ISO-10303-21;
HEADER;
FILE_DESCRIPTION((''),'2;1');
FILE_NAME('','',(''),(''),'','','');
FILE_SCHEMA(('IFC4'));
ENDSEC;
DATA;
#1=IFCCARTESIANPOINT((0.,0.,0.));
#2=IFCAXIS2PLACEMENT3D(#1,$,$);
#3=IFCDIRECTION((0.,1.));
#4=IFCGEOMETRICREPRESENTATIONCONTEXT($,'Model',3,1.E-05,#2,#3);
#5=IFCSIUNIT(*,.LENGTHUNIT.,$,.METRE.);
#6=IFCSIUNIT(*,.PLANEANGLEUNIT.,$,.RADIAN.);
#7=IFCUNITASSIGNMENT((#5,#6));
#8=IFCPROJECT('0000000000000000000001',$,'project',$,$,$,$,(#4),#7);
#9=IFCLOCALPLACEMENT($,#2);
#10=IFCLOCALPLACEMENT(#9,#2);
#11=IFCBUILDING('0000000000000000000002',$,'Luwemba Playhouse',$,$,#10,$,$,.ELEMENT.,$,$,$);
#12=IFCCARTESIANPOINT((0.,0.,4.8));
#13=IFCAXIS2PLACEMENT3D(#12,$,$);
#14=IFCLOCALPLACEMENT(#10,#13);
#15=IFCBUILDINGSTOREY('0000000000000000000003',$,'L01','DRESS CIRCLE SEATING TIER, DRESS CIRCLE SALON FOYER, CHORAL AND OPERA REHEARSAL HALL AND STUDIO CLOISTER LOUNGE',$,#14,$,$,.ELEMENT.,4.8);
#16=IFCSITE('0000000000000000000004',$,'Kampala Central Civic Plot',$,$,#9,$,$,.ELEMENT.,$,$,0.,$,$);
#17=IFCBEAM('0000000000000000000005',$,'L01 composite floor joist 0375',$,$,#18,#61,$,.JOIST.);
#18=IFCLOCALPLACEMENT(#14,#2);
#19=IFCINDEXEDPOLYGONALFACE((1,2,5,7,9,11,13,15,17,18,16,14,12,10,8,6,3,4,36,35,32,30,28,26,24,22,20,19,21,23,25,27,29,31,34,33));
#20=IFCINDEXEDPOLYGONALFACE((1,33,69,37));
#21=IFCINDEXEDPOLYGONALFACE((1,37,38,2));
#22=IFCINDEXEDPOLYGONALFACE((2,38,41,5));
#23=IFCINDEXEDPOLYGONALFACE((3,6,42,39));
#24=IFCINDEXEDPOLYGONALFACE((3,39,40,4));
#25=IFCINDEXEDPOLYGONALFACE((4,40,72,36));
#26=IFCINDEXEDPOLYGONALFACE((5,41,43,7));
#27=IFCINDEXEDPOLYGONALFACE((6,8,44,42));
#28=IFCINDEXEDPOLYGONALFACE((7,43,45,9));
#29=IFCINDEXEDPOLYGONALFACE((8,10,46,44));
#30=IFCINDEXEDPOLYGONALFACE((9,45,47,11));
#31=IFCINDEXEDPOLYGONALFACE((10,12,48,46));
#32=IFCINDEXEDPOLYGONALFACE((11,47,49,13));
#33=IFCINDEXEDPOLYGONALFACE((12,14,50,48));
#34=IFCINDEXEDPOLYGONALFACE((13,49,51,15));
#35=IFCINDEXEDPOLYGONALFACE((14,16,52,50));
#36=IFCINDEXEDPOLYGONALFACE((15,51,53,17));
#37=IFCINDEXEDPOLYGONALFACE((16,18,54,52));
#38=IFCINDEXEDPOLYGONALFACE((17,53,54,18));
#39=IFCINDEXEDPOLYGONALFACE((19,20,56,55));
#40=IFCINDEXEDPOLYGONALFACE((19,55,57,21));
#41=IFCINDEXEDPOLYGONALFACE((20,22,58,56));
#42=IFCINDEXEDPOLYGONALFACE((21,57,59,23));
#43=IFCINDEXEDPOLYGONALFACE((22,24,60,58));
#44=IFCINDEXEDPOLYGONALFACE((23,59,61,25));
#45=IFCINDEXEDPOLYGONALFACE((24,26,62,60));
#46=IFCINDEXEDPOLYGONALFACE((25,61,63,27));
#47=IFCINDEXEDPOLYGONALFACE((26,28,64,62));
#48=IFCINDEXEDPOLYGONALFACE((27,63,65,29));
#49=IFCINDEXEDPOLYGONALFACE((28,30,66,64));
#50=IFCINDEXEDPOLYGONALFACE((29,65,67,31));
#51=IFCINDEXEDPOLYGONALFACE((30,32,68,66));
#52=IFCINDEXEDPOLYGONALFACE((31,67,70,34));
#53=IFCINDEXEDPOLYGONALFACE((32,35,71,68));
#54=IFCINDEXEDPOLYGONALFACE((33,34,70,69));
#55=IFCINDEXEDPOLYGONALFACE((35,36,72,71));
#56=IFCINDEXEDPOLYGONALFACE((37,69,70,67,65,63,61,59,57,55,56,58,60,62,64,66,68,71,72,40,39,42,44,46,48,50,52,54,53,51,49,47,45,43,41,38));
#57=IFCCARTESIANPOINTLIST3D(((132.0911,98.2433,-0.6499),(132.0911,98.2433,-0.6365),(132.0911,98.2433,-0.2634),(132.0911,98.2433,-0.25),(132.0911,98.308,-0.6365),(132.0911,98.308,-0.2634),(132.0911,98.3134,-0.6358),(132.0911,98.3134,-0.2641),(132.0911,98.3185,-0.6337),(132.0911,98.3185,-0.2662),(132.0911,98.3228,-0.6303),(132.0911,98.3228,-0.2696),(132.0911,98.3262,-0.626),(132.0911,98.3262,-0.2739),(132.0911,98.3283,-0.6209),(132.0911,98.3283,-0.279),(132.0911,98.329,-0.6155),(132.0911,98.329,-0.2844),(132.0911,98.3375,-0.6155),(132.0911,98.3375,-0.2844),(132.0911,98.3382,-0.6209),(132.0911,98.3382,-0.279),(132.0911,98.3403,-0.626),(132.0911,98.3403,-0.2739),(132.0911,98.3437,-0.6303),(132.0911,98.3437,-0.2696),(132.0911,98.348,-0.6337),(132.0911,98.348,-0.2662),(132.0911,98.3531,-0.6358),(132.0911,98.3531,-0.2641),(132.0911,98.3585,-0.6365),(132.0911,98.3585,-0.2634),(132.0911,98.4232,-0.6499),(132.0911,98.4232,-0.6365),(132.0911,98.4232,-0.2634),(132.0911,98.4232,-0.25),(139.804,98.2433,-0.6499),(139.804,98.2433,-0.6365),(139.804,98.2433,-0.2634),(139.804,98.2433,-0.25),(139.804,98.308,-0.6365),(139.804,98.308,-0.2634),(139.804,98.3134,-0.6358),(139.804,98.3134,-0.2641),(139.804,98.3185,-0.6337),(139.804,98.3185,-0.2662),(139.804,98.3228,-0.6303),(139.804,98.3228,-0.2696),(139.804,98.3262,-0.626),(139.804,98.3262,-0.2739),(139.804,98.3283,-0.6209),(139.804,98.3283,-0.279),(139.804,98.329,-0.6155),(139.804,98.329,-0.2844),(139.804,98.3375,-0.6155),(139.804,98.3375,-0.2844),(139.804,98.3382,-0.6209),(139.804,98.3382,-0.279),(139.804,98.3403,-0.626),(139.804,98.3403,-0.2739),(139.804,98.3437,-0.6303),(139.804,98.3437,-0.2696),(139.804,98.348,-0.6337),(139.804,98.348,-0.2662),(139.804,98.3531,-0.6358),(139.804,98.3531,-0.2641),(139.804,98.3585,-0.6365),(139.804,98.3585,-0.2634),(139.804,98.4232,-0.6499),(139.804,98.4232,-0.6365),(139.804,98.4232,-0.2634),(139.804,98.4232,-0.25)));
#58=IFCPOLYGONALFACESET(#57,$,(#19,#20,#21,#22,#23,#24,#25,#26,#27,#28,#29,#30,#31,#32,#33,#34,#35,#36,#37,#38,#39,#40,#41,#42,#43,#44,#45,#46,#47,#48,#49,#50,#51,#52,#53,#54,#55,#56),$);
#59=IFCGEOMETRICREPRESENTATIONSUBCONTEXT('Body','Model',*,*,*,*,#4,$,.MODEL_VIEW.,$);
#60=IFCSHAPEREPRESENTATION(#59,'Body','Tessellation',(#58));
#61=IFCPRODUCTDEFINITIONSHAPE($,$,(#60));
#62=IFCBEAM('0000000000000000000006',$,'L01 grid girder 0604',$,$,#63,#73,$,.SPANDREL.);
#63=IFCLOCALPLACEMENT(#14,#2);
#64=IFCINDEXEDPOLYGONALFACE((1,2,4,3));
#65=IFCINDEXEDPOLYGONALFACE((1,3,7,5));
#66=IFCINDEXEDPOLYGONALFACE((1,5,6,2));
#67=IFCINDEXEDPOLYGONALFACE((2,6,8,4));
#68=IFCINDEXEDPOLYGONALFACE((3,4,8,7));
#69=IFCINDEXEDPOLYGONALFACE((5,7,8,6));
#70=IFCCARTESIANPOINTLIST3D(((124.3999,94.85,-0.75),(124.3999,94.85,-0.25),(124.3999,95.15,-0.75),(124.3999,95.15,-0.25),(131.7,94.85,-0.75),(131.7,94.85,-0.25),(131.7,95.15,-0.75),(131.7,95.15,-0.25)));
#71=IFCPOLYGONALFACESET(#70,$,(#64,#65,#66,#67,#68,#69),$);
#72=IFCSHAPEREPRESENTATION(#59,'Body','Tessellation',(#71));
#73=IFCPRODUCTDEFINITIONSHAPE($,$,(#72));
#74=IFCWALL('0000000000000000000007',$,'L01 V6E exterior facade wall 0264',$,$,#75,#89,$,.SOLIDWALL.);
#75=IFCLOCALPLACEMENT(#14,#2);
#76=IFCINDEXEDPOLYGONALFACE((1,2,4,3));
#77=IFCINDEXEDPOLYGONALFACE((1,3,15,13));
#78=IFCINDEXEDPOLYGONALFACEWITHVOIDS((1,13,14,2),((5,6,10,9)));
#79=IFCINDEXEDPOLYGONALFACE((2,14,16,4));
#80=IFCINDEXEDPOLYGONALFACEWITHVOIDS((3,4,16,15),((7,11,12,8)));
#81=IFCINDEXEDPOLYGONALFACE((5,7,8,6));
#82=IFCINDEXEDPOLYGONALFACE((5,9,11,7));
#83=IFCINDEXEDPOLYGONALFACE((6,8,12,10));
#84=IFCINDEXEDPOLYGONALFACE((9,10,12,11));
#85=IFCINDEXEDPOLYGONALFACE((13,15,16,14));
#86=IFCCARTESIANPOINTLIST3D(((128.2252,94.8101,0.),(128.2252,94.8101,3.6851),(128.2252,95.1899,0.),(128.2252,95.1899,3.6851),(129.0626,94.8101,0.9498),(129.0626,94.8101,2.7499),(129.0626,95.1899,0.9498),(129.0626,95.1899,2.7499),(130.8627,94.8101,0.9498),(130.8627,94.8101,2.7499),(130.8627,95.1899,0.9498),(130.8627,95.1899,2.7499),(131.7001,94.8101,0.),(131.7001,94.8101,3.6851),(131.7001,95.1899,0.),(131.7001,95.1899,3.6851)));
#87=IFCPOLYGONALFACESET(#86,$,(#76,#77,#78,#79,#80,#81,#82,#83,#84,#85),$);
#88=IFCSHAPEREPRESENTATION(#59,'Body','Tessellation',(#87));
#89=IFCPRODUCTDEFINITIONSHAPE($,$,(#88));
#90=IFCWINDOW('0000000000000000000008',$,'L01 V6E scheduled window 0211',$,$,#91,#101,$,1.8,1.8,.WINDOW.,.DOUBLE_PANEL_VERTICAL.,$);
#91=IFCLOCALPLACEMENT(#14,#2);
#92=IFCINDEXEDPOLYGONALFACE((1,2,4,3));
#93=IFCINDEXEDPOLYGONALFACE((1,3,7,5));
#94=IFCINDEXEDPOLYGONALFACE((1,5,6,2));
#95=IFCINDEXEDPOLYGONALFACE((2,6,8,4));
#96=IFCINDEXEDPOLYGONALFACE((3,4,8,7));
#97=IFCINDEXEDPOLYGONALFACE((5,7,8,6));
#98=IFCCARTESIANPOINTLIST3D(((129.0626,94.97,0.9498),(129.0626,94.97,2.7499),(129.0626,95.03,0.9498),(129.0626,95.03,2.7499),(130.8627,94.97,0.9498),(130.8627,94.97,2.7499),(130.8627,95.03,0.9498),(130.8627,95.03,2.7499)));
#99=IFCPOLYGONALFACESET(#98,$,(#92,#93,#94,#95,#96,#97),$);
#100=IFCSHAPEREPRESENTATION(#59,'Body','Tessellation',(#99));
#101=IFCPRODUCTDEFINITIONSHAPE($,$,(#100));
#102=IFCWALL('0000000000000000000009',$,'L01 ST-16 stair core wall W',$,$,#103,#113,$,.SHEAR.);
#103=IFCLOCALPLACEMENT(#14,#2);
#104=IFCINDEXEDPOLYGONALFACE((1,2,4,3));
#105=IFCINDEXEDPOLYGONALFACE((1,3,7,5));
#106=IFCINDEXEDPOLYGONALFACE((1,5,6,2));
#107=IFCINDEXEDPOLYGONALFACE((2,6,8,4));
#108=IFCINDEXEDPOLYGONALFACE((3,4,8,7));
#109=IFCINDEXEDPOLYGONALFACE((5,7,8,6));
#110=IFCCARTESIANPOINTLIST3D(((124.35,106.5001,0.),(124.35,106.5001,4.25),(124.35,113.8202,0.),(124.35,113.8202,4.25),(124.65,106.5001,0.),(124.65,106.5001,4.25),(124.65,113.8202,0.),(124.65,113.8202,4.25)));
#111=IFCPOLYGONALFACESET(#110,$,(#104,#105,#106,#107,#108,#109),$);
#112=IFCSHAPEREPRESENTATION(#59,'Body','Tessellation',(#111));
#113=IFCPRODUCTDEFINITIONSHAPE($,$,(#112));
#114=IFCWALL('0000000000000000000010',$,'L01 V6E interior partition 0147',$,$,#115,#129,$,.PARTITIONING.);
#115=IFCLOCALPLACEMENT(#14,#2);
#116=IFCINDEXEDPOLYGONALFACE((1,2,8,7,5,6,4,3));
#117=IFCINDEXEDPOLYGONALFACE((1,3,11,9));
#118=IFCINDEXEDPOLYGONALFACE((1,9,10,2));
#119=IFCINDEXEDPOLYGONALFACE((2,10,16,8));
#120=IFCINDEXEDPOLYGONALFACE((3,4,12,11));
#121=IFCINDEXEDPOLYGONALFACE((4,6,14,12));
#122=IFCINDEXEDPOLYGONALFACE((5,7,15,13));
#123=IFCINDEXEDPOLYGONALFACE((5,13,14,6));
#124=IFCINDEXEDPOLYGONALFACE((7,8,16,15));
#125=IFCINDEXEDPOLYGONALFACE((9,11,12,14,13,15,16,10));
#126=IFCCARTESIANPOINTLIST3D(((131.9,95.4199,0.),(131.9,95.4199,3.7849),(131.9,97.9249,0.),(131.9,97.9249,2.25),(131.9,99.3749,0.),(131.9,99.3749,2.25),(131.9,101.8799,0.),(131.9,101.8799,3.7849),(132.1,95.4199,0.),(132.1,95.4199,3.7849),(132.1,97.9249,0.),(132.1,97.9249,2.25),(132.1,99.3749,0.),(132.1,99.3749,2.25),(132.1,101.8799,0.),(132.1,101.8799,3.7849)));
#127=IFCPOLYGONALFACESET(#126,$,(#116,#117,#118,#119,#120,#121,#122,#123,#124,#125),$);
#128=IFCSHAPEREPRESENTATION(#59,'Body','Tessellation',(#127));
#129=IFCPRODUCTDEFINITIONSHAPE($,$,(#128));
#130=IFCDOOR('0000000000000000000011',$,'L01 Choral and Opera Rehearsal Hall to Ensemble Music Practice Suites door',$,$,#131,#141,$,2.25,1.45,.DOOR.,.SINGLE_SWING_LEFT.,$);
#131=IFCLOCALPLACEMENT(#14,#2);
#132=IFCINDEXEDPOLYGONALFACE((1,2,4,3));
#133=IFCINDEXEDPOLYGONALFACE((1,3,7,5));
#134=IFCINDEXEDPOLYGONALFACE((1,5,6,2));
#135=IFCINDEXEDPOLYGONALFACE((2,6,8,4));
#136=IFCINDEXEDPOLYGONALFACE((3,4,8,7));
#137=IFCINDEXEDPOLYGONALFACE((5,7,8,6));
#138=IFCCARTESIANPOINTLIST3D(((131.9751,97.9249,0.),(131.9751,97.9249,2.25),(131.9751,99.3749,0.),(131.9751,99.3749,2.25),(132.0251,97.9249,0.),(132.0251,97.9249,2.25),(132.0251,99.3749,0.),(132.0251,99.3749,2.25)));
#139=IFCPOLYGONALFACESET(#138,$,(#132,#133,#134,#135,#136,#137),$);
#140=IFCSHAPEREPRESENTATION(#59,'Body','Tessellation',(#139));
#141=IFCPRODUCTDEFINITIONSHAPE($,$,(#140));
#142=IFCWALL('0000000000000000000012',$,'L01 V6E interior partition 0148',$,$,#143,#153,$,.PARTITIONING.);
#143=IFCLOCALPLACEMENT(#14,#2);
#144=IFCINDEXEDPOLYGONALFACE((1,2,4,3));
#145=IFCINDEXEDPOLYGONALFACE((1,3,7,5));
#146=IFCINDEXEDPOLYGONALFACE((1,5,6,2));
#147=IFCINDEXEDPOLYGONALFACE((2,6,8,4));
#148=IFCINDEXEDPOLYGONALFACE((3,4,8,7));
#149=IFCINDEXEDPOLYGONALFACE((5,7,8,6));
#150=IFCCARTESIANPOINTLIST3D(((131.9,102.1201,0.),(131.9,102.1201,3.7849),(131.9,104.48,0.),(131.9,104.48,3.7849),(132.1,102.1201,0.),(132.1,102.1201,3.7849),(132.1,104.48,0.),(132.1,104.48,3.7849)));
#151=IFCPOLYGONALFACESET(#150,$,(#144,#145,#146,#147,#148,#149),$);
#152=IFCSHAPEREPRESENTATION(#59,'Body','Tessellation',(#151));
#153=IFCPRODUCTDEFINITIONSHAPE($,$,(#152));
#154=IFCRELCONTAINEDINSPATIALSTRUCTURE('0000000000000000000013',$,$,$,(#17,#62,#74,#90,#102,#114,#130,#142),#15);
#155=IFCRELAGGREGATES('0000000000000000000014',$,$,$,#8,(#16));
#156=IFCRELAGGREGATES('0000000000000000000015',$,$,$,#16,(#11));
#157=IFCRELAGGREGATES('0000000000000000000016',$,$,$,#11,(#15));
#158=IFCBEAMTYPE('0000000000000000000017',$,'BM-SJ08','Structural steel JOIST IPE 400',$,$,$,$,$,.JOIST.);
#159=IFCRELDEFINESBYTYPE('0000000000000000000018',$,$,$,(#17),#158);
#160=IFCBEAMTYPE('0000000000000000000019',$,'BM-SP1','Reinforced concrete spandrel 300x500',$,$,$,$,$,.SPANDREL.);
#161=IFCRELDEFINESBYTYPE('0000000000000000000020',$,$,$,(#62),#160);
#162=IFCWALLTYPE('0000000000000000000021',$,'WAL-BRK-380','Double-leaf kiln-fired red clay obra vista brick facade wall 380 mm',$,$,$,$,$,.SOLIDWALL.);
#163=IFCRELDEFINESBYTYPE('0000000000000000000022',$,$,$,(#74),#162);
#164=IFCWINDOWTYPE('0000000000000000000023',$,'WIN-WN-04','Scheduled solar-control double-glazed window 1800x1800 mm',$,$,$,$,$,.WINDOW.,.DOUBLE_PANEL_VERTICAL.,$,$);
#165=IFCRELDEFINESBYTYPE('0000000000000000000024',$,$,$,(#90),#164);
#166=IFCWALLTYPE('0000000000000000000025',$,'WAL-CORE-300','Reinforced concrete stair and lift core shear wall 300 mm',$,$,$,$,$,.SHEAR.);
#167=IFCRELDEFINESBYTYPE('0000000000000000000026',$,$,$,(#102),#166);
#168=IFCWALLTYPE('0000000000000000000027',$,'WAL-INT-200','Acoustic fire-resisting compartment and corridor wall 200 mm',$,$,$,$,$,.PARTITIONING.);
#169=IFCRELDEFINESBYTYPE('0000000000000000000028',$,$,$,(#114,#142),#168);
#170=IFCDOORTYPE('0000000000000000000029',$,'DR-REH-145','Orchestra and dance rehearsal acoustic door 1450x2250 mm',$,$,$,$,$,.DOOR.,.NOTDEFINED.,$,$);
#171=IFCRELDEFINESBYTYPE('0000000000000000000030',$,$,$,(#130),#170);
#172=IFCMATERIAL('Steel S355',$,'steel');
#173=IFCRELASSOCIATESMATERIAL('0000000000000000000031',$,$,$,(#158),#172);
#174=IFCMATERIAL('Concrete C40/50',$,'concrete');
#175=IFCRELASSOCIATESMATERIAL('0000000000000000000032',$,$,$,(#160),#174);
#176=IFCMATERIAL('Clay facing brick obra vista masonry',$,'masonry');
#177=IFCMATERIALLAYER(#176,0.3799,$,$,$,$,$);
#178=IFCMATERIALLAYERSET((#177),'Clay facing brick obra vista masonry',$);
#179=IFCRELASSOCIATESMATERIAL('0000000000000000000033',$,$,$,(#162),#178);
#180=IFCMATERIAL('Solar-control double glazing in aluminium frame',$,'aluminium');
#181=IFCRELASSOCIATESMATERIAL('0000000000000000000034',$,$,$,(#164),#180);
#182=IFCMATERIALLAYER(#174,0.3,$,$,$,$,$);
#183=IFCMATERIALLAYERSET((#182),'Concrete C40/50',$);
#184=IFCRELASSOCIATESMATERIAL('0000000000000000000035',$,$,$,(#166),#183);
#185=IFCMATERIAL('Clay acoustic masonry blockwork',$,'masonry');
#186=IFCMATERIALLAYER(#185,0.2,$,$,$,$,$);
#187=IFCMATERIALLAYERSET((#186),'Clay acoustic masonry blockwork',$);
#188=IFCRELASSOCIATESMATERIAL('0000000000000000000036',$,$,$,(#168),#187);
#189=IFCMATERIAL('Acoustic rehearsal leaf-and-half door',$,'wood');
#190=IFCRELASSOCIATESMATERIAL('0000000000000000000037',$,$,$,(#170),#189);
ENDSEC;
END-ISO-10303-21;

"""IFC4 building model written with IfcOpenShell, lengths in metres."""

from ifc_helpers import new_model, si_unit, direction, frame, frame_2d, origin, origin_2d, place, context, subcontext, project, spatial, rectangle, i_section, extrude, material, layer, layer_set, material_profile, profile_set, type_object, element, fill, save


model = new_model("IFC4")

# Units and contexts
model_context = context("Model", 3, precision=1e-05, world=origin(), true_north=direction((0.0, 1.0)))
body_context = subcontext(model_context, "Body", "Model", "MODEL_VIEW")
ifc_project = project(units=[si_unit("LENGTHUNIT", "METRE"), si_unit("PLANEANGLEUNIT", "RADIAN")], contexts=[model_context])

# Site, building, storey
site_placement = place(None, origin())
site = spatial("IfcSite", under=ifc_project, at=site_placement, Name="Kampala Central Civic Plot", CompositionType="ELEMENT", RefElevation=0.0)
building_placement = place(site_placement, origin())
building = spatial("IfcBuilding", under=site, at=building_placement, Name="Luwemba Playhouse", CompositionType="ELEMENT")
storey_placement = place(building_placement, frame((0.0, 0.0, 4.8)))
storey = spatial("IfcBuildingStorey", under=building, at=storey_placement, Name="L01", Description="DRESS CIRCLE SEATING TIER, DRESS CIRCLE SALON FOYER, CHORAL AND OPERA REHEARSAL HALL AND STUDIO CLOISTER LOUNGE", CompositionType="ELEMENT", Elevation=4.8)

# Shared definitions
ifc_material_1 = material(Name="Concrete C40/50", Category="concrete")

# Beams
ifc_material_2 = material(Name="Steel S355", Category="steel")
ifc_material_profile_1 = material_profile(ifc_material_2, i_section(OverallWidth=0.1799, OverallDepth=0.3999, WebThickness=0.0085, FlangeThickness=0.0134, FilletRadius=0.021, at=origin_2d()))
ifc_profile_set_1 = profile_set([ifc_material_profile_1], Name="Steel S355")
beam_type_1 = type_object("IfcBeamType", Name="BM-SJ08", Description="Structural steel JOIST IPE 400", PredefinedType="JOIST", material=ifc_profile_set_1)
beam_1_placement = place(storey_placement, frame((132.0911, 98.3333, -0.45), z_axis=(1.0, 0.0, 0.0), x_axis=(0.0, 1.0, 0.0)))
element("IfcBeam", 1, at=beam_1_placement, inside=storey, type_object=beam_type_1, Name="L01 composite floor joist 0375", PredefinedType="JOIST", context=body_context, shape_type="SweptSolid", body=[
    extrude(i_section(OverallWidth=0.1799, OverallDepth=0.3999, WebThickness=0.0085, FlangeThickness=0.0134, FilletRadius=0.021, at=origin_2d()), origin(), (0.0, 0.0, 1.0), 7.7129),
])
ifc_material_profile_2 = material_profile(ifc_material_1, rectangle(XDim=0.3, YDim=0.5, at=origin_2d()))
ifc_profile_set_2 = profile_set([ifc_material_profile_2], Name="Concrete C40/50")
beam_type_2 = type_object("IfcBeamType", Name="BM-SP1", Description="Reinforced concrete spandrel 300x500", PredefinedType="SPANDREL", material=ifc_profile_set_2)
beam_2_placement = place(storey_placement, frame((124.3999, 95.0, -0.5), z_axis=(1.0, 0.0, 0.0), x_axis=(0.0, 1.0, 0.0)))
element("IfcBeam", 2, at=beam_2_placement, inside=storey, type_object=beam_type_2, Name="L01 grid girder 0604", PredefinedType="SPANDREL", context=body_context, shape_type="SweptSolid", body=[
    extrude(rectangle(XDim=0.3, YDim=0.5, at=origin_2d()), origin(), (0.0, 0.0, 1.0), 7.3),
])

# Wall, opening, window
ifc_material_3 = material(Name="Clay facing brick obra vista masonry", Category="masonry")
ifc_layer_1 = layer(ifc_material_3, 0.3799)
ifc_layer_set_1 = layer_set([ifc_layer_1], Name="Clay facing brick obra vista masonry")
wall_type_1 = type_object("IfcWallType", Name="WAL-BRK-380", Description="Double-leaf kiln-fired red clay obra vista brick facade wall 380 mm", PredefinedType="SOLIDWALL", material=ifc_layer_set_1)
wall_1_placement = place(storey_placement, frame((131.7, 95.0, 0.0), z_axis=(0.0, 0.0, 1.0), x_axis=(-1.0, 0.0, 0.0)))
wall_1 = element("IfcWall", 3, at=wall_1_placement, inside=storey, type_object=wall_type_1, Name="L01 V6E exterior facade wall 0264", PredefinedType="SOLIDWALL", context=body_context, shape_type="SweptSolid", body=[
    extrude(rectangle(XDim=3.4749, YDim=0.3799, at=frame_2d((1.7373, 0.0))), origin(), (0.0, 0.0, 1.0), 3.6851),
])
opening_1_placement = place(wall_1_placement, frame((0.8374, 0.0, 0.95)))
opening_1 = element("IfcOpeningElement", 4, at=opening_1_placement, cuts=wall_1, PredefinedType="OPENING", context=body_context, shape_type="SweptSolid", body=[
    extrude(rectangle(XDim=1.8, YDim=1.8, at=frame_2d((0.8999, 0.8999))), frame((0.0, 0.2, 0.0), z_axis=(0.0, -1.0, 0.0), x_axis=(1.0, 0.0, 0.0)), (0.0, 0.0, 1.0), 0.3999),
])
ifc_material_4 = material(Name="Solar-control double glazing in aluminium frame", Category="aluminium")
window_type_1 = type_object("IfcWindowType", Name="WIN-WN-04", Description="Scheduled solar-control double-glazed window 1800x1800 mm", PartitioningType="DOUBLE_PANEL_VERTICAL", PredefinedType="WINDOW", material=ifc_material_4)
window_1_placement = place(opening_1_placement, origin())
window_1 = element("IfcWindow", 5, at=window_1_placement, inside=storey, type_object=window_type_1, Name="L01 V6E scheduled window 0211", OverallHeight=1.8, OverallWidth=1.8, PartitioningType="DOUBLE_PANEL_VERTICAL", PredefinedType="WINDOW", context=body_context, shape_type="SweptSolid", body=[
    extrude(rectangle(XDim=1.8, YDim=1.8, at=frame_2d((0.8999, 0.8999))), frame((0.0, 0.03, 0.0), z_axis=(0.0, -1.0, 0.0), x_axis=(1.0, 0.0, 0.0)), (0.0, 0.0, 1.0), 0.0601),
])
fill(opening_1, window_1)

# Wall
ifc_layer_2 = layer(ifc_material_1, 0.3)
ifc_layer_set_2 = layer_set([ifc_layer_2], Name="Concrete C40/50")
wall_type_2 = type_object("IfcWallType", Name="WAL-CORE-300", Description="Reinforced concrete stair and lift core shear wall 300 mm", PredefinedType="SHEAR", material=ifc_layer_set_2)
wall_2_placement = place(storey_placement, frame((124.5, 106.5, 0.0), z_axis=(0.0, 0.0, 1.0), x_axis=(0.0, 1.0, 0.0)))
element("IfcWall", 6, at=wall_2_placement, inside=storey, type_object=wall_type_2, Name="L01 ST-16 stair core wall W", PredefinedType="SHEAR", context=body_context, shape_type="SweptSolid", body=[
    extrude(rectangle(XDim=7.3201, YDim=0.3, at=frame_2d((3.6602, 0.0))), origin(), (0.0, 0.0, 1.0), 4.25),
])

# Wall, opening, door
ifc_material_5 = material(Name="Clay acoustic masonry blockwork", Category="masonry")
ifc_layer_3 = layer(ifc_material_5, 0.2)
ifc_layer_set_3 = layer_set([ifc_layer_3], Name="Clay acoustic masonry blockwork")
wall_type_3 = type_object("IfcWallType", Name="WAL-INT-200", Description="Acoustic fire-resisting compartment and corridor wall 200 mm", PredefinedType="PARTITIONING", material=ifc_layer_set_3)
wall_3_placement = place(storey_placement, frame((132.0, 95.4199, 0.0), z_axis=(0.0, 0.0, 1.0), x_axis=(0.0, 1.0, 0.0)))
wall_3 = element("IfcWall", 7, at=wall_3_placement, inside=storey, type_object=wall_type_3, Name="L01 V6E interior partition 0147", PredefinedType="PARTITIONING", context=body_context, shape_type="SweptSolid", body=[
    extrude(rectangle(XDim=6.46, YDim=0.2, at=frame_2d((3.23, 0.0))), origin(), (0.0, 0.0, 1.0), 3.7849),
])
opening_2_placement = place(wall_3_placement, frame((2.5049, 0.0, 0.0)))
opening_2 = element("IfcOpeningElement", 8, at=opening_2_placement, cuts=wall_3, PredefinedType="OPENING", context=body_context, shape_type="SweptSolid", body=[
    extrude(rectangle(XDim=1.45, YDim=2.25, at=frame_2d((0.7251, 1.125))), frame((0.0, 0.1099, 0.0), z_axis=(0.0, -1.0, 0.0), x_axis=(1.0, 0.0, 0.0)), (0.0, 0.0, 1.0), 0.22),
])
ifc_material_6 = material(Name="Acoustic rehearsal leaf-and-half door", Category="wood")
door_type_1 = type_object("IfcDoorType", Name="DR-REH-145", Description="Orchestra and dance rehearsal acoustic door 1450x2250 mm", OperationType="NOTDEFINED", PredefinedType="DOOR", material=ifc_material_6)
door_1_placement = place(opening_2_placement, origin())
door_1 = element("IfcDoor", 9, at=door_1_placement, inside=storey, type_object=door_type_1, Name="L01 Choral and Opera Rehearsal Hall to Ensemble Music Practice Suites door", OperationType="SINGLE_SWING_LEFT", OverallHeight=2.25, OverallWidth=1.45, PredefinedType="DOOR", context=body_context, shape_type="SweptSolid", body=[
    extrude(rectangle(XDim=1.45, YDim=2.25, at=frame_2d((0.7251, 1.125))), frame((0.0, 0.0249, 0.0), z_axis=(0.0, -1.0, 0.0), x_axis=(1.0, 0.0, 0.0)), (0.0, 0.0, 1.0), 0.05),
])
fill(opening_2, door_1)

# Wall
wall_4_placement = place(storey_placement, frame((132.0, 102.1201, 0.0), z_axis=(0.0, 0.0, 1.0), x_axis=(0.0, 1.0, 0.0)))
element("IfcWall", 10, at=wall_4_placement, inside=storey, type_object=wall_type_3, Name="L01 V6E interior partition 0148", PredefinedType="PARTITIONING", context=body_context, shape_type="SweptSolid", body=[
    extrude(rectangle(XDim=2.3599, YDim=0.2, at=frame_2d((1.1799, 0.0))), origin(), (0.0, 0.0, 1.0), 3.7849),
])

save(model, "model.ifc")
